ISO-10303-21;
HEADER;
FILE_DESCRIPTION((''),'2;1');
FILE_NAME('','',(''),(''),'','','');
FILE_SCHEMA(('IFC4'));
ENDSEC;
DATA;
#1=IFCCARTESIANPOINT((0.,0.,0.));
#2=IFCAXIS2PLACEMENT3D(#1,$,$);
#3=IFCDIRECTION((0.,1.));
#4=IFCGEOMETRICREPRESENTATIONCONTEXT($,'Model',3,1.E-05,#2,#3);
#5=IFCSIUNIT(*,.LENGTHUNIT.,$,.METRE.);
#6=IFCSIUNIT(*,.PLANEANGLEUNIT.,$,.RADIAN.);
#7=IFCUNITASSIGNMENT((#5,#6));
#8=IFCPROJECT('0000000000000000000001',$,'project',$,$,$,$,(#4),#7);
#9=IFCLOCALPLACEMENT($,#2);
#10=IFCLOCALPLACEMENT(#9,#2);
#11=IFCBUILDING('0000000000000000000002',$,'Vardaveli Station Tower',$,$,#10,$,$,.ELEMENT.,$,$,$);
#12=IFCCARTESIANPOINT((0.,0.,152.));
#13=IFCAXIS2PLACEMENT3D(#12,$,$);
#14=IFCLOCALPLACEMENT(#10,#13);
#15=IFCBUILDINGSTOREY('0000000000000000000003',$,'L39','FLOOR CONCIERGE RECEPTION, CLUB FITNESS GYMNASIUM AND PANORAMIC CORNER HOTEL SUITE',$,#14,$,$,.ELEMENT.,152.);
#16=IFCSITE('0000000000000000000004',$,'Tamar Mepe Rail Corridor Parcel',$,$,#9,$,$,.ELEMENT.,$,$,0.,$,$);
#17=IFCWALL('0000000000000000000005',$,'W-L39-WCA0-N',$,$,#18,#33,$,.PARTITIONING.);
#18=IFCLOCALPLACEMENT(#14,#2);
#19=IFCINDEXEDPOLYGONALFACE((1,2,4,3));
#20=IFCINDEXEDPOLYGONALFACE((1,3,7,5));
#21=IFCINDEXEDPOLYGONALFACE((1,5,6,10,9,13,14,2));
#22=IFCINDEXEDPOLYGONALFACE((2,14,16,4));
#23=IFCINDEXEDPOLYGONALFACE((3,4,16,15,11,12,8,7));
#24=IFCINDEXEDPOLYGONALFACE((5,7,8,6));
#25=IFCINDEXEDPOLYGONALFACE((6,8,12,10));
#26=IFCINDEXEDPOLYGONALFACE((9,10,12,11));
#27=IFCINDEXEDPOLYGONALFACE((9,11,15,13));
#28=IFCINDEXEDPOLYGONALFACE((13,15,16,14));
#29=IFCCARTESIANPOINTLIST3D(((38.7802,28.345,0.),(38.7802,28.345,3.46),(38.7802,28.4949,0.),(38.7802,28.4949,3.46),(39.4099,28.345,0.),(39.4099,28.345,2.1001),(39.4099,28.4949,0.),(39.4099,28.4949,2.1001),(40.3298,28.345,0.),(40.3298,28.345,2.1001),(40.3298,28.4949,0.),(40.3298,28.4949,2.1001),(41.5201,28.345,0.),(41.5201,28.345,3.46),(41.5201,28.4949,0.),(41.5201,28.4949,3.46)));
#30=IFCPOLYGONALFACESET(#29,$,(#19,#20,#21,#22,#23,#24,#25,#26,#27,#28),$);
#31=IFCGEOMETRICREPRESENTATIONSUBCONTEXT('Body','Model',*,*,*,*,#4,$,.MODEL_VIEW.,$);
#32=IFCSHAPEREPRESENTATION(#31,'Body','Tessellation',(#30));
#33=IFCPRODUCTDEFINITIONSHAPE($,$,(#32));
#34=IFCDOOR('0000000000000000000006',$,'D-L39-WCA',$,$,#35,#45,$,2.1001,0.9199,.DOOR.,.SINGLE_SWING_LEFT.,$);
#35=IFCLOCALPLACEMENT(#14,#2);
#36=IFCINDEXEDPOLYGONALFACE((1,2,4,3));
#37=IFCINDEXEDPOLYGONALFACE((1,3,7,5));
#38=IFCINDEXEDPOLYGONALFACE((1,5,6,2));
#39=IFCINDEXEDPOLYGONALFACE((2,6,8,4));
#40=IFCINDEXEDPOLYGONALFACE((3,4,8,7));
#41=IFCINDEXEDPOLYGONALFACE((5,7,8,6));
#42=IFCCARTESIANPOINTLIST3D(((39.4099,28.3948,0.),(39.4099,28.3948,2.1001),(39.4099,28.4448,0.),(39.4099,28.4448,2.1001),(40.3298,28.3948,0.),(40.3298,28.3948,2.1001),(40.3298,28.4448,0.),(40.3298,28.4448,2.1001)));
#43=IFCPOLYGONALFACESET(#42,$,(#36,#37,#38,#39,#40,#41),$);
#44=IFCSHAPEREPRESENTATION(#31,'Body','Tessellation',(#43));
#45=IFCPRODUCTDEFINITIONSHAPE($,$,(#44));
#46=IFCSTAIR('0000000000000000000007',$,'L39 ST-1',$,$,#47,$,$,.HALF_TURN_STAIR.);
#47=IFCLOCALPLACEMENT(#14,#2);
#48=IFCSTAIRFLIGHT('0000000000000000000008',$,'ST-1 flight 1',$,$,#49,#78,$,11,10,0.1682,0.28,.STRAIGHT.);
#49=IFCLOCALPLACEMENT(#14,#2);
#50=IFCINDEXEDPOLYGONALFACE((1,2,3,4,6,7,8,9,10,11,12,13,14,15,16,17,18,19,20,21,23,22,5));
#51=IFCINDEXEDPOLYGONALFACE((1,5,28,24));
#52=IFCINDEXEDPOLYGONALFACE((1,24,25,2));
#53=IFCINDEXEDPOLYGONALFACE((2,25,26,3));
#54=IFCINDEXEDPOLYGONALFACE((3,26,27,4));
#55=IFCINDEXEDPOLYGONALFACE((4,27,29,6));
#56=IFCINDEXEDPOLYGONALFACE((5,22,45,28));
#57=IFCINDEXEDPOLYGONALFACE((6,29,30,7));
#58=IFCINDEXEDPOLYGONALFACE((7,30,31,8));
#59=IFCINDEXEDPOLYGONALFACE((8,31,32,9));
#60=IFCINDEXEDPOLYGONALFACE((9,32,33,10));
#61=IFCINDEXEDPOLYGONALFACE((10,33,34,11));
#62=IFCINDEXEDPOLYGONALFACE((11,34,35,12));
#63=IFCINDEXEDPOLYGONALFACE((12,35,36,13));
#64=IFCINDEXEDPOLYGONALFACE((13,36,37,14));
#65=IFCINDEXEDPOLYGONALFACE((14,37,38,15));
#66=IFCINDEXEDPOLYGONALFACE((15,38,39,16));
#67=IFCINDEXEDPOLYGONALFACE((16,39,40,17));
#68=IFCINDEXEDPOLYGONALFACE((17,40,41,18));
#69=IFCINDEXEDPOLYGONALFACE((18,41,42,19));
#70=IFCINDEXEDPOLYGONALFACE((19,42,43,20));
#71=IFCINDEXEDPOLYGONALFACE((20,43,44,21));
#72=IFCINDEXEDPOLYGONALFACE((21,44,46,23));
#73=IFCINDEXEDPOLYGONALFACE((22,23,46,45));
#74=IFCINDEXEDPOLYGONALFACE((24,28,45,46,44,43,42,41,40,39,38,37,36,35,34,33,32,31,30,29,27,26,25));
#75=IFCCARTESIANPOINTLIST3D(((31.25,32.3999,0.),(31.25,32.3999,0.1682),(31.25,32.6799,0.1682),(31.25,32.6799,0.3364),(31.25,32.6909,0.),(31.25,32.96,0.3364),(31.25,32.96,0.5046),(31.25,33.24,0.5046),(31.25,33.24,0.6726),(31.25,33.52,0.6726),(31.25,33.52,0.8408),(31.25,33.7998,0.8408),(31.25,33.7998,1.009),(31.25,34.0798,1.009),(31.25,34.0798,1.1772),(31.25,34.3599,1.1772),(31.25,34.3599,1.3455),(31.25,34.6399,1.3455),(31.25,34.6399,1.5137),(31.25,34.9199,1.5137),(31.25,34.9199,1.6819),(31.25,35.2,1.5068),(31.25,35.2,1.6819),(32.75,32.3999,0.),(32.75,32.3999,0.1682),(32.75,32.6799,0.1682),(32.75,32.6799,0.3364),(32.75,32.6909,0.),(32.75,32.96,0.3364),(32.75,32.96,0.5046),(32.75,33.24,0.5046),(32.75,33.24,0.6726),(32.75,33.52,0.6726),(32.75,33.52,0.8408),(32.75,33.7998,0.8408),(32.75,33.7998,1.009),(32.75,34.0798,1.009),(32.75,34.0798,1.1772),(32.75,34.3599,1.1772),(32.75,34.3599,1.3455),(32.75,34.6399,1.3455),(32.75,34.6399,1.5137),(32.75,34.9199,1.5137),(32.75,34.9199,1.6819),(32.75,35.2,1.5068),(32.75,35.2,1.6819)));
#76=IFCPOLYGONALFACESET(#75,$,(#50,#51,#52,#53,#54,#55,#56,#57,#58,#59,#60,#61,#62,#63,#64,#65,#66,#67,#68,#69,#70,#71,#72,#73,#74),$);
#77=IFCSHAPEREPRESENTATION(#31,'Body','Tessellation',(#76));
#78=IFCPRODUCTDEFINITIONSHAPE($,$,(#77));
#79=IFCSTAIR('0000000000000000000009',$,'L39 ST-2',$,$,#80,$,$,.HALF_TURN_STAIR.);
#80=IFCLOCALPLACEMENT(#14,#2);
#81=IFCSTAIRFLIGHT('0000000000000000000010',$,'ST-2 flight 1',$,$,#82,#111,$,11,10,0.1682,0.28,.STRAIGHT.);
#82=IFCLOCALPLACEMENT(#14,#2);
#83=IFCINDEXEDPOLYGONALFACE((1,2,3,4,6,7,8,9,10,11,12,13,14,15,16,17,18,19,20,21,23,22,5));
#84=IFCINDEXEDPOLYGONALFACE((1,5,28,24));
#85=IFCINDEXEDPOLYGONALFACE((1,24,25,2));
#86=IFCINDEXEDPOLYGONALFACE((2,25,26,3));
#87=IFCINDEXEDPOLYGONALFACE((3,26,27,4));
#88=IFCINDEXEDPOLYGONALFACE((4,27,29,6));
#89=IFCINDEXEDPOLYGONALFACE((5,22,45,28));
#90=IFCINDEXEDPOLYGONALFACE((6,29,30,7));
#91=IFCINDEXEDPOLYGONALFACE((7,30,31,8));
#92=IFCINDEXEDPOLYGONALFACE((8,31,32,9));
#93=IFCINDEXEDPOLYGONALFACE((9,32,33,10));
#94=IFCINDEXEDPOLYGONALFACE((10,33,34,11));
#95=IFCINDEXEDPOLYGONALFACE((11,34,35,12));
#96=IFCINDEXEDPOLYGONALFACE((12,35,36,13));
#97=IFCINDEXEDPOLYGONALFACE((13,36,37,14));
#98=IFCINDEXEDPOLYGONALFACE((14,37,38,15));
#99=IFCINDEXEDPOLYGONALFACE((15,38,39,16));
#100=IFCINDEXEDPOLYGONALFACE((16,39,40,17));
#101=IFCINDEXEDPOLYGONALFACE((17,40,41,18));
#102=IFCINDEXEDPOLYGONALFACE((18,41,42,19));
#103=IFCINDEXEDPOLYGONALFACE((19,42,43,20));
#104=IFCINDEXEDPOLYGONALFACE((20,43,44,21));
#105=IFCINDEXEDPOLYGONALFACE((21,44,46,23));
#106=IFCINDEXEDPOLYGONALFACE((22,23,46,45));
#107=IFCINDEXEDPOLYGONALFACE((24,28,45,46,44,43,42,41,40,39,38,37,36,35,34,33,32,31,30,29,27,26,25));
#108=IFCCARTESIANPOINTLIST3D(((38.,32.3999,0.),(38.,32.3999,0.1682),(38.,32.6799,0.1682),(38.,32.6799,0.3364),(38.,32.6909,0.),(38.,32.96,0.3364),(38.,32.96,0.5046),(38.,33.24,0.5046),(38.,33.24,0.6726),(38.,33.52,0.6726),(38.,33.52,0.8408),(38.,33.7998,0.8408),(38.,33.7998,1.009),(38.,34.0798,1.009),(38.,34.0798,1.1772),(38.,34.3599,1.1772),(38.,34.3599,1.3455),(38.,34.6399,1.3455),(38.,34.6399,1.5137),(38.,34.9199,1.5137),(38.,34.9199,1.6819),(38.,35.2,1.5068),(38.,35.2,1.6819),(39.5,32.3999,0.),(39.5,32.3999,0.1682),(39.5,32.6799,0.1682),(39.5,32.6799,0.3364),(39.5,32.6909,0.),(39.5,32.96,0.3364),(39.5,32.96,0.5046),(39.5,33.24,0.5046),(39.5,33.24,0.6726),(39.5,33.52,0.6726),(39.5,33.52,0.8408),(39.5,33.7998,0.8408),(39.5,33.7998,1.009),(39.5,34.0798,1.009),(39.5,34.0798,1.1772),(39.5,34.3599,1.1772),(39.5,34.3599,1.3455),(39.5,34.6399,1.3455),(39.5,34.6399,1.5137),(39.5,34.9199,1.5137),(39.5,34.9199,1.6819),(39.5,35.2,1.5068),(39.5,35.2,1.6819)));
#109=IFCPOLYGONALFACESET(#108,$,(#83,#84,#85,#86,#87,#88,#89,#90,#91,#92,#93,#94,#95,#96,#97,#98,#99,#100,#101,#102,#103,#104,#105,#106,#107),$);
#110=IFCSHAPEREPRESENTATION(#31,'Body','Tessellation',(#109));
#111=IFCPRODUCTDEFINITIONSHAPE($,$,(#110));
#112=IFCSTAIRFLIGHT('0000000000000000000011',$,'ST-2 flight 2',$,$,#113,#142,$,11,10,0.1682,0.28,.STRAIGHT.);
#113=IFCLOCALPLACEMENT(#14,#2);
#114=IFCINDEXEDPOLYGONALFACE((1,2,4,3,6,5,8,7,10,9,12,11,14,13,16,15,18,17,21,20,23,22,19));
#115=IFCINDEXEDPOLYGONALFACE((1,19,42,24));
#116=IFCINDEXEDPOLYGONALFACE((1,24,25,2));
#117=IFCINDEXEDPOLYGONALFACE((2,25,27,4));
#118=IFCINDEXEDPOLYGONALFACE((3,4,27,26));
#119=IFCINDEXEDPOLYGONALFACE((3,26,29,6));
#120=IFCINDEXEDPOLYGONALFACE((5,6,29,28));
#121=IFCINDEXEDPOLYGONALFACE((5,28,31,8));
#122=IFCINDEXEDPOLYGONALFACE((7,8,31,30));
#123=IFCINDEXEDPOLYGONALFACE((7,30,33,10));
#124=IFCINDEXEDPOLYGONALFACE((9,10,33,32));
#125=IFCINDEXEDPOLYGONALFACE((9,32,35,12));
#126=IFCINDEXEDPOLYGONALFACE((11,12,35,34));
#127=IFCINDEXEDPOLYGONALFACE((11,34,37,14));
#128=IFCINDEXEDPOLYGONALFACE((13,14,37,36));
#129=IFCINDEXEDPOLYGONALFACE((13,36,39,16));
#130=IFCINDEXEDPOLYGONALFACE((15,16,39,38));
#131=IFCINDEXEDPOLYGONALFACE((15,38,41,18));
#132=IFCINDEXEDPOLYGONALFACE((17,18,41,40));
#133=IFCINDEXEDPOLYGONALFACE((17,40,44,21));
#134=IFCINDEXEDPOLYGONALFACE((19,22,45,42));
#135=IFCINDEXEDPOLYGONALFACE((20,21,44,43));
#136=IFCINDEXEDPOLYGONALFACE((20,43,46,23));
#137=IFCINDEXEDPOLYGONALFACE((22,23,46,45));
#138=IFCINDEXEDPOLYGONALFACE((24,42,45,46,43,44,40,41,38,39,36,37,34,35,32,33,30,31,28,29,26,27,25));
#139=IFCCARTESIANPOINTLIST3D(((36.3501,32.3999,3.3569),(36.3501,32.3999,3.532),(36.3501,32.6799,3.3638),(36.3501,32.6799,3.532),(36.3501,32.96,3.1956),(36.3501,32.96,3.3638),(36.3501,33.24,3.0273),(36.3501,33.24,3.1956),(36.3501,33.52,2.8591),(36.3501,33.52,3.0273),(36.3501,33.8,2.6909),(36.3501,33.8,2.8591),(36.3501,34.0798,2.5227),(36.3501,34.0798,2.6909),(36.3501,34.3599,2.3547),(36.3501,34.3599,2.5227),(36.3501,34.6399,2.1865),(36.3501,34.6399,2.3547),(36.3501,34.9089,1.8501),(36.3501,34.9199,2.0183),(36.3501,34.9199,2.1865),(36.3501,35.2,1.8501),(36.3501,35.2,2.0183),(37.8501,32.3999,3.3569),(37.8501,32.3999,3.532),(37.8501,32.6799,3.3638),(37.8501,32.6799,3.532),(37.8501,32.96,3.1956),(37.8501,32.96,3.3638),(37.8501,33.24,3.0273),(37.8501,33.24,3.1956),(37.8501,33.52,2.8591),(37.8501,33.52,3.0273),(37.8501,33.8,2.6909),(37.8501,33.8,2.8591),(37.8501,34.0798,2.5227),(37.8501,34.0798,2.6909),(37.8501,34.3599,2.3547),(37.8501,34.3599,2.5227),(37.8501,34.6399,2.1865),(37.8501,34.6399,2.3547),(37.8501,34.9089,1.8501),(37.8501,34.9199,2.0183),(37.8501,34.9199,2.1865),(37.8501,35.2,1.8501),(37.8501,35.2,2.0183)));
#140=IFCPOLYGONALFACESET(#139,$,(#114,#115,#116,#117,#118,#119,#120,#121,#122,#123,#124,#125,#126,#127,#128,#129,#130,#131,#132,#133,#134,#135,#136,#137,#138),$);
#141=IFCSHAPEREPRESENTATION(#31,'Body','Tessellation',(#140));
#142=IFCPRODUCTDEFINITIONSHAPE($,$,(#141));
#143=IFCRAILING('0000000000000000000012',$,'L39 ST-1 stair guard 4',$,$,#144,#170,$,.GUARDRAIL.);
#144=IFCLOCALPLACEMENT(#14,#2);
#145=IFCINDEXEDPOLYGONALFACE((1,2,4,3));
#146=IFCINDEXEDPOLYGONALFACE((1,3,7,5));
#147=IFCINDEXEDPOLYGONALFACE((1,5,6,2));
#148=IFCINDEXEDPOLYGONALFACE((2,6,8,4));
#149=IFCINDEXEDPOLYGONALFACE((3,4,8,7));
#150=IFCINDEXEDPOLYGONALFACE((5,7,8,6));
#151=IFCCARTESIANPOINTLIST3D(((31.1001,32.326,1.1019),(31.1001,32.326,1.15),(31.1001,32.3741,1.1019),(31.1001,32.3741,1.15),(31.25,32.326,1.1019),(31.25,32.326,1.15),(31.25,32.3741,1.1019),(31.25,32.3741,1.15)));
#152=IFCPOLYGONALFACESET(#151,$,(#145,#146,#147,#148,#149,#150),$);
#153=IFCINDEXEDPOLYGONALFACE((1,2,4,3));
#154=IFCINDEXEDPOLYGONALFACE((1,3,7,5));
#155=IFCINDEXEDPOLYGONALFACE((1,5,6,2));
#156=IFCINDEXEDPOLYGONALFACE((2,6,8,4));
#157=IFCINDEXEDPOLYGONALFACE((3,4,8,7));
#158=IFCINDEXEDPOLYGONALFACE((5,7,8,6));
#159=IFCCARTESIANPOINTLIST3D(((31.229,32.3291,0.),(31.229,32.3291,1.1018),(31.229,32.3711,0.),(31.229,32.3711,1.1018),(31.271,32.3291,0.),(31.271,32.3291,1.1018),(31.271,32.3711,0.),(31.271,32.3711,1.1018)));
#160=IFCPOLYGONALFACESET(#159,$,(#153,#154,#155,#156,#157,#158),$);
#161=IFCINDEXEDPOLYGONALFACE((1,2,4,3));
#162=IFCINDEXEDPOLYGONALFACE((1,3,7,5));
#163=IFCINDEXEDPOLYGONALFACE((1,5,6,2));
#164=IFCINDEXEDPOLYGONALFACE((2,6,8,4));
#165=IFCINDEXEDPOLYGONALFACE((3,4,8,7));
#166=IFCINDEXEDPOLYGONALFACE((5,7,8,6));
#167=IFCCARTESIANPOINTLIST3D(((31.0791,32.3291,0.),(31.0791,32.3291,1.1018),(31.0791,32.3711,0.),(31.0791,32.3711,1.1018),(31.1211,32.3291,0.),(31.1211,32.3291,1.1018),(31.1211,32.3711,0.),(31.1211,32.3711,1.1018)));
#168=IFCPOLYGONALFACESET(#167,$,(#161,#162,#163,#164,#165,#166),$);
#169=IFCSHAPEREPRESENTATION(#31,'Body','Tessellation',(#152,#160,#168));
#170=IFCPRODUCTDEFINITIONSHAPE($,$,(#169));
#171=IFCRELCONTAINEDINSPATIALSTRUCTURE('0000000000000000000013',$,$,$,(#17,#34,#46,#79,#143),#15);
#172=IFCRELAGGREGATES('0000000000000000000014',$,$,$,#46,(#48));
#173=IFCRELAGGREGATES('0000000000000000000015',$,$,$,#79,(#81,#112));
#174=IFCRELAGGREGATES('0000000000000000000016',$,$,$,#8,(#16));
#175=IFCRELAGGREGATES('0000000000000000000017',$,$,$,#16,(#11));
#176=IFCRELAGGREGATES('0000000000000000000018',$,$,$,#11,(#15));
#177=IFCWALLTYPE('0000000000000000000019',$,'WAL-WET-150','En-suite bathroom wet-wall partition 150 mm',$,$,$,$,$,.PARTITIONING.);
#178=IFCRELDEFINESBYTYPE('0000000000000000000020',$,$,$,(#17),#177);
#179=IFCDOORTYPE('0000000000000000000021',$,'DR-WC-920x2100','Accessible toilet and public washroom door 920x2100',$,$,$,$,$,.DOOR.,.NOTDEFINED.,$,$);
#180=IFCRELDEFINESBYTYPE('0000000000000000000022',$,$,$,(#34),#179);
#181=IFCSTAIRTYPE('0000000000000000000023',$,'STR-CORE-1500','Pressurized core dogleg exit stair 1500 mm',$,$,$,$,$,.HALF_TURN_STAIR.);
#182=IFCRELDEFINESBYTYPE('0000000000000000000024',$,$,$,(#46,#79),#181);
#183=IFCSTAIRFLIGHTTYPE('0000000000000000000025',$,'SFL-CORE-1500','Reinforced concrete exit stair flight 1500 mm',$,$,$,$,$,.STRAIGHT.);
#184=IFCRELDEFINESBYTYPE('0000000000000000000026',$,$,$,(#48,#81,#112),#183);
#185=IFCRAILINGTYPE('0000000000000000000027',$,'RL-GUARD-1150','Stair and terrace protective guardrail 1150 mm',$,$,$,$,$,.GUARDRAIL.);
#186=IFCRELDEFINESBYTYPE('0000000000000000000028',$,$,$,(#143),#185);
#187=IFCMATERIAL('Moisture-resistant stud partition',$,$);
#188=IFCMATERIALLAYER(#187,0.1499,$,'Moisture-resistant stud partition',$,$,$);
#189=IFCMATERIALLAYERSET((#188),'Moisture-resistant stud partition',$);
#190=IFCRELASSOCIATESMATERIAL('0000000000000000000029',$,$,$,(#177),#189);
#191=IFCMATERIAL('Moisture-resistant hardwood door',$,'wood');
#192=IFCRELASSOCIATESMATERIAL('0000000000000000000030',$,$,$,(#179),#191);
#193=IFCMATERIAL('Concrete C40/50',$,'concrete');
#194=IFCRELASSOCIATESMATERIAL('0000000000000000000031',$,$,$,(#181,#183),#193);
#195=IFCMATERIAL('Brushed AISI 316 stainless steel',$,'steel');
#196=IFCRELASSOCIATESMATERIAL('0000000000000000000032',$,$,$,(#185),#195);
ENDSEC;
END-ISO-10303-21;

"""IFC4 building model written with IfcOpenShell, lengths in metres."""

from ifc_helpers import new_model, si_unit, direction, frame, frame_2d, origin, origin_2d, place, context, subcontext, project, spatial, polyline, rectangle, outline, extrude, source, transform, mapped, material, layer, layer_set, type_object, element, fill, aggregate, save


model = new_model("IFC4")

# Units and contexts
model_context = context("Model", 3, precision=1e-05, world=origin(), true_north=direction((0.0, 1.0)))
body_context = subcontext(model_context, "Body", "Model", "MODEL_VIEW")
ifc_project = project(units=[si_unit("LENGTHUNIT", "METRE"), si_unit("PLANEANGLEUNIT", "RADIAN")], contexts=[model_context])

# Site, building, storey
site_placement = place(None, origin())
site = spatial("IfcSite", under=ifc_project, at=site_placement, Name="Tamar Mepe Rail Corridor Parcel", CompositionType="ELEMENT", RefElevation=0.0)
building_placement = place(site_placement, origin())
building = spatial("IfcBuilding", under=site, at=building_placement, Name="Vardaveli Station Tower", CompositionType="ELEMENT")
storey_placement = place(building_placement, frame((0.0, 0.0, 152.0)))
storey = spatial("IfcBuildingStorey", under=building, at=storey_placement, Name="L39", Description="FLOOR CONCIERGE RECEPTION, CLUB FITNESS GYMNASIUM AND PANORAMIC CORNER HOTEL SUITE", CompositionType="ELEMENT", Elevation=152.0)

# Shared definitions
ifc_material_1 = material(Name="Concrete C40/50", Category="concrete")

# Wall, opening, door
ifc_material_2 = material(Name="Moisture-resistant stud partition")
ifc_layer_1 = layer(ifc_material_2, 0.1499, Name="Moisture-resistant stud partition")
ifc_layer_set_1 = layer_set([ifc_layer_1], Name="Moisture-resistant stud partition")
wall_type_1 = type_object("IfcWallType", Name="WAL-WET-150", Description="En-suite bathroom wet-wall partition 150 mm", PredefinedType="PARTITIONING", material=ifc_layer_set_1)
shared_shape_1 = source(origin(), body_context, "Body", "SweptSolid", [
    extrude(rectangle(XDim=2.74, YDim=0.1499, at=frame_2d((1.3701, 0.0))), origin(), (0.0, 0.0, 1.0), 3.46),
])
wall_1_placement = place(storey_placement, frame((38.78, 28.4199, 0.0), z_axis=(0.0, 0.0, 1.0), x_axis=(1.0, 0.0, 0.0)))
wall_1 = element("IfcWall", 1, at=wall_1_placement, inside=storey, type_object=wall_type_1, Name="W-L39-WCA0-N", PredefinedType="PARTITIONING", context=body_context, shape_type="MappedRepresentation", body=[
    mapped(shared_shape_1, transform((0.0, 0.0, 0.0), scale=1.0)),
])
shared_shape_2 = source(origin(), body_context, "Body", "SweptSolid", [
    extrude(rectangle(XDim=0.9199, YDim=2.1001, at=frame_2d((0.46, 1.05))), frame((0.0, 0.085, 0.0), z_axis=(0.0, -1.0, 0.0), x_axis=(1.0, 0.0, 0.0)), (0.0, 0.0, 1.0), 0.1699),
])
opening_1_placement = place(wall_1_placement, frame((0.6299, 0.0, 0.0)))
opening_1 = element("IfcOpeningElement", 2, at=opening_1_placement, cuts=wall_1, PredefinedType="OPENING", context=body_context, shape_type="MappedRepresentation", body=[
    mapped(shared_shape_2, transform((0.0, 0.0, 0.0), scale=1.0)),
])
ifc_material_3 = material(Name="Moisture-resistant hardwood door", Category="wood")
door_type_1 = type_object("IfcDoorType", Name="DR-WC-920x2100", Description="Accessible toilet and public washroom door 920x2100", OperationType="NOTDEFINED", PredefinedType="DOOR", material=ifc_material_3)
shared_shape_3 = source(origin(), body_context, "Body", "SweptSolid", [
    extrude(rectangle(XDim=0.9199, YDim=2.1001, at=frame_2d((0.46, 1.05))), frame((0.0, 0.0249, 0.0), z_axis=(0.0, -1.0, 0.0), x_axis=(1.0, 0.0, 0.0)), (0.0, 0.0, 1.0), 0.05),
])
door_1_placement = place(opening_1_placement, origin())
door_1 = element("IfcDoor", 3, at=door_1_placement, inside=storey, type_object=door_type_1, Name="D-L39-WCA", OperationType="SINGLE_SWING_LEFT", OverallHeight=2.1001, OverallWidth=0.9199, PredefinedType="DOOR", context=body_context, shape_type="MappedRepresentation", body=[
    mapped(shared_shape_3, transform((0.0, 0.0, 0.0), scale=1.0)),
])
fill(opening_1, door_1)

# Stair, stair flight
stair_type = type_object("IfcStairType", Name="STR-CORE-1500", Description="Pressurized core dogleg exit stair 1500 mm", PredefinedType="HALF_TURN_STAIR", material=ifc_material_1)
stair_1_placement = place(storey_placement, origin())
stair_1 = element("IfcStair", 4, at=stair_1_placement, inside=storey, type_object=stair_type, Name="L39 ST-1", PredefinedType="HALF_TURN_STAIR")
stair_flight_type = type_object("IfcStairFlightType", Name="SFL-CORE-1500", Description="Reinforced concrete exit stair flight 1500 mm", PredefinedType="STRAIGHT", material=ifc_material_1)
shared_shape_4 = source(origin(), body_context, "Body", "SweptSolid", [
    extrude(outline(polyline([(0.0, 0.0), (0.0, 0.1682), (0.28, 0.1682), (0.28, 0.3364), (0.5601, 0.3364), (0.5601, 0.5046), (0.8401, 0.5046), (0.8401, 0.6726), (1.1201, 0.6726), (1.1201, 0.8408), (1.3999, 0.8408), (1.3999, 1.009), (1.6799, 1.009), (1.6799, 1.1772), (1.96, 1.1772), (1.96, 1.3455), (2.24, 1.3455), (2.24, 1.5137), (2.52, 1.5137), (2.52, 1.6819), (2.8, 1.6819), (2.8, 1.8501), (2.8, 1.5068), (0.291, 0.0), (0.0, 0.0)])), frame((0.0, 0.75, 0.0), z_axis=(0.0, -1.0, 0.0), x_axis=(1.0, 0.0, 0.0)), (0.0, 0.0, 1.0), 1.5),
])
stair_flight_1_placement = place(storey_placement, frame((32.0, 32.3999, 0.0), z_axis=(0.0, 0.0, 1.0), x_axis=(0.0, 1.0, 0.0)))
stair_flight_1 = element("IfcStairFlight", 5, at=stair_flight_1_placement, type_object=stair_flight_type, Name="ST-1 flight 1", NumberOfRisers=11, NumberOfTreads=10, PredefinedType="STRAIGHT", RiserHeight=0.1682, TreadLength=0.28, context=body_context, shape_type="MappedRepresentation", body=[
    mapped(shared_shape_4, transform((0.0, 0.0, 0.0), scale=1.0)),
])
aggregate(stair_1, [stair_flight_1])

# Stair, stair flights
stair_2_placement = place(storey_placement, origin())
stair_2 = element("IfcStair", 6, at=stair_2_placement, inside=storey, type_object=stair_type, Name="L39 ST-2", PredefinedType="HALF_TURN_STAIR")
stair_flight_2_placement = place(storey_placement, frame((38.75, 32.3999, 0.0), z_axis=(0.0, 0.0, 1.0), x_axis=(0.0, 1.0, 0.0)))
stair_flight_2 = element("IfcStairFlight", 7, at=stair_flight_2_placement, type_object=stair_flight_type, Name="ST-2 flight 1", NumberOfRisers=11, NumberOfTreads=10, PredefinedType="STRAIGHT", RiserHeight=0.1682, TreadLength=0.28, context=body_context, shape_type="MappedRepresentation", body=[
    mapped(shared_shape_4, transform((0.0, 0.0, 0.0), scale=1.0)),
])
stair_flight_3_placement = place(storey_placement, frame((37.1001, 35.2, 1.8501), z_axis=(0.0, 0.0, 1.0), x_axis=(0.0, -1.0, 0.0)))
stair_flight_3 = element("IfcStairFlight", 8, at=stair_flight_3_placement, type_object=stair_flight_type, Name="ST-2 flight 2", NumberOfRisers=11, NumberOfTreads=10, PredefinedType="STRAIGHT", RiserHeight=0.1682, TreadLength=0.28, context=body_context, shape_type="MappedRepresentation", body=[
    mapped(shared_shape_4, transform((0.0, 0.0, 0.0), scale=1.0)),
])
aggregate(stair_2, [stair_flight_2, stair_flight_3])

# Railing
ifc_material_4 = material(Name="Brushed AISI 316 stainless steel", Category="steel")
railing_type_1 = type_object("IfcRailingType", Name="RL-GUARD-1150", Description="Stair and terrace protective guardrail 1150 mm", PredefinedType="GUARDRAIL", material=ifc_material_4)
shared_shape_5 = source(origin(), body_context, "Body", "SweptSolid", [
    extrude(rectangle(XDim=0.0481, YDim=0.0481, at=origin_2d()), frame((0.0, 0.0, 1.126), z_axis=(-1.0, 0.0, 0.0), x_axis=(0.0, -1.0, 0.0)), (0.0, 0.0, 1.0), 0.1499),
    extrude(rectangle(XDim=0.042, YDim=0.042, at=origin_2d()), origin(), (0.0, 0.0, 1.0), 1.1018),
    extrude(rectangle(XDim=0.042, YDim=0.042, at=origin_2d()), frame((-0.1499, 0.0, 0.0)), (0.0, 0.0, 1.0), 1.1018),
])
for number, where, name in (
    (9, (31.25, 32.3501, 0.0), "L39 ST-1 stair guard 4"),
):
    element("IfcRailing", number, at=place(storey_placement, frame(where)), inside=storey, type_object=railing_type_1, Name=name, PredefinedType="GUARDRAIL", context=body_context, shape_type="MappedRepresentation", body=[
        mapped(shared_shape_5, transform((0.0, 0.0, 0.0), scale=1.0)),
    ])

save(model, "model.ifc")
